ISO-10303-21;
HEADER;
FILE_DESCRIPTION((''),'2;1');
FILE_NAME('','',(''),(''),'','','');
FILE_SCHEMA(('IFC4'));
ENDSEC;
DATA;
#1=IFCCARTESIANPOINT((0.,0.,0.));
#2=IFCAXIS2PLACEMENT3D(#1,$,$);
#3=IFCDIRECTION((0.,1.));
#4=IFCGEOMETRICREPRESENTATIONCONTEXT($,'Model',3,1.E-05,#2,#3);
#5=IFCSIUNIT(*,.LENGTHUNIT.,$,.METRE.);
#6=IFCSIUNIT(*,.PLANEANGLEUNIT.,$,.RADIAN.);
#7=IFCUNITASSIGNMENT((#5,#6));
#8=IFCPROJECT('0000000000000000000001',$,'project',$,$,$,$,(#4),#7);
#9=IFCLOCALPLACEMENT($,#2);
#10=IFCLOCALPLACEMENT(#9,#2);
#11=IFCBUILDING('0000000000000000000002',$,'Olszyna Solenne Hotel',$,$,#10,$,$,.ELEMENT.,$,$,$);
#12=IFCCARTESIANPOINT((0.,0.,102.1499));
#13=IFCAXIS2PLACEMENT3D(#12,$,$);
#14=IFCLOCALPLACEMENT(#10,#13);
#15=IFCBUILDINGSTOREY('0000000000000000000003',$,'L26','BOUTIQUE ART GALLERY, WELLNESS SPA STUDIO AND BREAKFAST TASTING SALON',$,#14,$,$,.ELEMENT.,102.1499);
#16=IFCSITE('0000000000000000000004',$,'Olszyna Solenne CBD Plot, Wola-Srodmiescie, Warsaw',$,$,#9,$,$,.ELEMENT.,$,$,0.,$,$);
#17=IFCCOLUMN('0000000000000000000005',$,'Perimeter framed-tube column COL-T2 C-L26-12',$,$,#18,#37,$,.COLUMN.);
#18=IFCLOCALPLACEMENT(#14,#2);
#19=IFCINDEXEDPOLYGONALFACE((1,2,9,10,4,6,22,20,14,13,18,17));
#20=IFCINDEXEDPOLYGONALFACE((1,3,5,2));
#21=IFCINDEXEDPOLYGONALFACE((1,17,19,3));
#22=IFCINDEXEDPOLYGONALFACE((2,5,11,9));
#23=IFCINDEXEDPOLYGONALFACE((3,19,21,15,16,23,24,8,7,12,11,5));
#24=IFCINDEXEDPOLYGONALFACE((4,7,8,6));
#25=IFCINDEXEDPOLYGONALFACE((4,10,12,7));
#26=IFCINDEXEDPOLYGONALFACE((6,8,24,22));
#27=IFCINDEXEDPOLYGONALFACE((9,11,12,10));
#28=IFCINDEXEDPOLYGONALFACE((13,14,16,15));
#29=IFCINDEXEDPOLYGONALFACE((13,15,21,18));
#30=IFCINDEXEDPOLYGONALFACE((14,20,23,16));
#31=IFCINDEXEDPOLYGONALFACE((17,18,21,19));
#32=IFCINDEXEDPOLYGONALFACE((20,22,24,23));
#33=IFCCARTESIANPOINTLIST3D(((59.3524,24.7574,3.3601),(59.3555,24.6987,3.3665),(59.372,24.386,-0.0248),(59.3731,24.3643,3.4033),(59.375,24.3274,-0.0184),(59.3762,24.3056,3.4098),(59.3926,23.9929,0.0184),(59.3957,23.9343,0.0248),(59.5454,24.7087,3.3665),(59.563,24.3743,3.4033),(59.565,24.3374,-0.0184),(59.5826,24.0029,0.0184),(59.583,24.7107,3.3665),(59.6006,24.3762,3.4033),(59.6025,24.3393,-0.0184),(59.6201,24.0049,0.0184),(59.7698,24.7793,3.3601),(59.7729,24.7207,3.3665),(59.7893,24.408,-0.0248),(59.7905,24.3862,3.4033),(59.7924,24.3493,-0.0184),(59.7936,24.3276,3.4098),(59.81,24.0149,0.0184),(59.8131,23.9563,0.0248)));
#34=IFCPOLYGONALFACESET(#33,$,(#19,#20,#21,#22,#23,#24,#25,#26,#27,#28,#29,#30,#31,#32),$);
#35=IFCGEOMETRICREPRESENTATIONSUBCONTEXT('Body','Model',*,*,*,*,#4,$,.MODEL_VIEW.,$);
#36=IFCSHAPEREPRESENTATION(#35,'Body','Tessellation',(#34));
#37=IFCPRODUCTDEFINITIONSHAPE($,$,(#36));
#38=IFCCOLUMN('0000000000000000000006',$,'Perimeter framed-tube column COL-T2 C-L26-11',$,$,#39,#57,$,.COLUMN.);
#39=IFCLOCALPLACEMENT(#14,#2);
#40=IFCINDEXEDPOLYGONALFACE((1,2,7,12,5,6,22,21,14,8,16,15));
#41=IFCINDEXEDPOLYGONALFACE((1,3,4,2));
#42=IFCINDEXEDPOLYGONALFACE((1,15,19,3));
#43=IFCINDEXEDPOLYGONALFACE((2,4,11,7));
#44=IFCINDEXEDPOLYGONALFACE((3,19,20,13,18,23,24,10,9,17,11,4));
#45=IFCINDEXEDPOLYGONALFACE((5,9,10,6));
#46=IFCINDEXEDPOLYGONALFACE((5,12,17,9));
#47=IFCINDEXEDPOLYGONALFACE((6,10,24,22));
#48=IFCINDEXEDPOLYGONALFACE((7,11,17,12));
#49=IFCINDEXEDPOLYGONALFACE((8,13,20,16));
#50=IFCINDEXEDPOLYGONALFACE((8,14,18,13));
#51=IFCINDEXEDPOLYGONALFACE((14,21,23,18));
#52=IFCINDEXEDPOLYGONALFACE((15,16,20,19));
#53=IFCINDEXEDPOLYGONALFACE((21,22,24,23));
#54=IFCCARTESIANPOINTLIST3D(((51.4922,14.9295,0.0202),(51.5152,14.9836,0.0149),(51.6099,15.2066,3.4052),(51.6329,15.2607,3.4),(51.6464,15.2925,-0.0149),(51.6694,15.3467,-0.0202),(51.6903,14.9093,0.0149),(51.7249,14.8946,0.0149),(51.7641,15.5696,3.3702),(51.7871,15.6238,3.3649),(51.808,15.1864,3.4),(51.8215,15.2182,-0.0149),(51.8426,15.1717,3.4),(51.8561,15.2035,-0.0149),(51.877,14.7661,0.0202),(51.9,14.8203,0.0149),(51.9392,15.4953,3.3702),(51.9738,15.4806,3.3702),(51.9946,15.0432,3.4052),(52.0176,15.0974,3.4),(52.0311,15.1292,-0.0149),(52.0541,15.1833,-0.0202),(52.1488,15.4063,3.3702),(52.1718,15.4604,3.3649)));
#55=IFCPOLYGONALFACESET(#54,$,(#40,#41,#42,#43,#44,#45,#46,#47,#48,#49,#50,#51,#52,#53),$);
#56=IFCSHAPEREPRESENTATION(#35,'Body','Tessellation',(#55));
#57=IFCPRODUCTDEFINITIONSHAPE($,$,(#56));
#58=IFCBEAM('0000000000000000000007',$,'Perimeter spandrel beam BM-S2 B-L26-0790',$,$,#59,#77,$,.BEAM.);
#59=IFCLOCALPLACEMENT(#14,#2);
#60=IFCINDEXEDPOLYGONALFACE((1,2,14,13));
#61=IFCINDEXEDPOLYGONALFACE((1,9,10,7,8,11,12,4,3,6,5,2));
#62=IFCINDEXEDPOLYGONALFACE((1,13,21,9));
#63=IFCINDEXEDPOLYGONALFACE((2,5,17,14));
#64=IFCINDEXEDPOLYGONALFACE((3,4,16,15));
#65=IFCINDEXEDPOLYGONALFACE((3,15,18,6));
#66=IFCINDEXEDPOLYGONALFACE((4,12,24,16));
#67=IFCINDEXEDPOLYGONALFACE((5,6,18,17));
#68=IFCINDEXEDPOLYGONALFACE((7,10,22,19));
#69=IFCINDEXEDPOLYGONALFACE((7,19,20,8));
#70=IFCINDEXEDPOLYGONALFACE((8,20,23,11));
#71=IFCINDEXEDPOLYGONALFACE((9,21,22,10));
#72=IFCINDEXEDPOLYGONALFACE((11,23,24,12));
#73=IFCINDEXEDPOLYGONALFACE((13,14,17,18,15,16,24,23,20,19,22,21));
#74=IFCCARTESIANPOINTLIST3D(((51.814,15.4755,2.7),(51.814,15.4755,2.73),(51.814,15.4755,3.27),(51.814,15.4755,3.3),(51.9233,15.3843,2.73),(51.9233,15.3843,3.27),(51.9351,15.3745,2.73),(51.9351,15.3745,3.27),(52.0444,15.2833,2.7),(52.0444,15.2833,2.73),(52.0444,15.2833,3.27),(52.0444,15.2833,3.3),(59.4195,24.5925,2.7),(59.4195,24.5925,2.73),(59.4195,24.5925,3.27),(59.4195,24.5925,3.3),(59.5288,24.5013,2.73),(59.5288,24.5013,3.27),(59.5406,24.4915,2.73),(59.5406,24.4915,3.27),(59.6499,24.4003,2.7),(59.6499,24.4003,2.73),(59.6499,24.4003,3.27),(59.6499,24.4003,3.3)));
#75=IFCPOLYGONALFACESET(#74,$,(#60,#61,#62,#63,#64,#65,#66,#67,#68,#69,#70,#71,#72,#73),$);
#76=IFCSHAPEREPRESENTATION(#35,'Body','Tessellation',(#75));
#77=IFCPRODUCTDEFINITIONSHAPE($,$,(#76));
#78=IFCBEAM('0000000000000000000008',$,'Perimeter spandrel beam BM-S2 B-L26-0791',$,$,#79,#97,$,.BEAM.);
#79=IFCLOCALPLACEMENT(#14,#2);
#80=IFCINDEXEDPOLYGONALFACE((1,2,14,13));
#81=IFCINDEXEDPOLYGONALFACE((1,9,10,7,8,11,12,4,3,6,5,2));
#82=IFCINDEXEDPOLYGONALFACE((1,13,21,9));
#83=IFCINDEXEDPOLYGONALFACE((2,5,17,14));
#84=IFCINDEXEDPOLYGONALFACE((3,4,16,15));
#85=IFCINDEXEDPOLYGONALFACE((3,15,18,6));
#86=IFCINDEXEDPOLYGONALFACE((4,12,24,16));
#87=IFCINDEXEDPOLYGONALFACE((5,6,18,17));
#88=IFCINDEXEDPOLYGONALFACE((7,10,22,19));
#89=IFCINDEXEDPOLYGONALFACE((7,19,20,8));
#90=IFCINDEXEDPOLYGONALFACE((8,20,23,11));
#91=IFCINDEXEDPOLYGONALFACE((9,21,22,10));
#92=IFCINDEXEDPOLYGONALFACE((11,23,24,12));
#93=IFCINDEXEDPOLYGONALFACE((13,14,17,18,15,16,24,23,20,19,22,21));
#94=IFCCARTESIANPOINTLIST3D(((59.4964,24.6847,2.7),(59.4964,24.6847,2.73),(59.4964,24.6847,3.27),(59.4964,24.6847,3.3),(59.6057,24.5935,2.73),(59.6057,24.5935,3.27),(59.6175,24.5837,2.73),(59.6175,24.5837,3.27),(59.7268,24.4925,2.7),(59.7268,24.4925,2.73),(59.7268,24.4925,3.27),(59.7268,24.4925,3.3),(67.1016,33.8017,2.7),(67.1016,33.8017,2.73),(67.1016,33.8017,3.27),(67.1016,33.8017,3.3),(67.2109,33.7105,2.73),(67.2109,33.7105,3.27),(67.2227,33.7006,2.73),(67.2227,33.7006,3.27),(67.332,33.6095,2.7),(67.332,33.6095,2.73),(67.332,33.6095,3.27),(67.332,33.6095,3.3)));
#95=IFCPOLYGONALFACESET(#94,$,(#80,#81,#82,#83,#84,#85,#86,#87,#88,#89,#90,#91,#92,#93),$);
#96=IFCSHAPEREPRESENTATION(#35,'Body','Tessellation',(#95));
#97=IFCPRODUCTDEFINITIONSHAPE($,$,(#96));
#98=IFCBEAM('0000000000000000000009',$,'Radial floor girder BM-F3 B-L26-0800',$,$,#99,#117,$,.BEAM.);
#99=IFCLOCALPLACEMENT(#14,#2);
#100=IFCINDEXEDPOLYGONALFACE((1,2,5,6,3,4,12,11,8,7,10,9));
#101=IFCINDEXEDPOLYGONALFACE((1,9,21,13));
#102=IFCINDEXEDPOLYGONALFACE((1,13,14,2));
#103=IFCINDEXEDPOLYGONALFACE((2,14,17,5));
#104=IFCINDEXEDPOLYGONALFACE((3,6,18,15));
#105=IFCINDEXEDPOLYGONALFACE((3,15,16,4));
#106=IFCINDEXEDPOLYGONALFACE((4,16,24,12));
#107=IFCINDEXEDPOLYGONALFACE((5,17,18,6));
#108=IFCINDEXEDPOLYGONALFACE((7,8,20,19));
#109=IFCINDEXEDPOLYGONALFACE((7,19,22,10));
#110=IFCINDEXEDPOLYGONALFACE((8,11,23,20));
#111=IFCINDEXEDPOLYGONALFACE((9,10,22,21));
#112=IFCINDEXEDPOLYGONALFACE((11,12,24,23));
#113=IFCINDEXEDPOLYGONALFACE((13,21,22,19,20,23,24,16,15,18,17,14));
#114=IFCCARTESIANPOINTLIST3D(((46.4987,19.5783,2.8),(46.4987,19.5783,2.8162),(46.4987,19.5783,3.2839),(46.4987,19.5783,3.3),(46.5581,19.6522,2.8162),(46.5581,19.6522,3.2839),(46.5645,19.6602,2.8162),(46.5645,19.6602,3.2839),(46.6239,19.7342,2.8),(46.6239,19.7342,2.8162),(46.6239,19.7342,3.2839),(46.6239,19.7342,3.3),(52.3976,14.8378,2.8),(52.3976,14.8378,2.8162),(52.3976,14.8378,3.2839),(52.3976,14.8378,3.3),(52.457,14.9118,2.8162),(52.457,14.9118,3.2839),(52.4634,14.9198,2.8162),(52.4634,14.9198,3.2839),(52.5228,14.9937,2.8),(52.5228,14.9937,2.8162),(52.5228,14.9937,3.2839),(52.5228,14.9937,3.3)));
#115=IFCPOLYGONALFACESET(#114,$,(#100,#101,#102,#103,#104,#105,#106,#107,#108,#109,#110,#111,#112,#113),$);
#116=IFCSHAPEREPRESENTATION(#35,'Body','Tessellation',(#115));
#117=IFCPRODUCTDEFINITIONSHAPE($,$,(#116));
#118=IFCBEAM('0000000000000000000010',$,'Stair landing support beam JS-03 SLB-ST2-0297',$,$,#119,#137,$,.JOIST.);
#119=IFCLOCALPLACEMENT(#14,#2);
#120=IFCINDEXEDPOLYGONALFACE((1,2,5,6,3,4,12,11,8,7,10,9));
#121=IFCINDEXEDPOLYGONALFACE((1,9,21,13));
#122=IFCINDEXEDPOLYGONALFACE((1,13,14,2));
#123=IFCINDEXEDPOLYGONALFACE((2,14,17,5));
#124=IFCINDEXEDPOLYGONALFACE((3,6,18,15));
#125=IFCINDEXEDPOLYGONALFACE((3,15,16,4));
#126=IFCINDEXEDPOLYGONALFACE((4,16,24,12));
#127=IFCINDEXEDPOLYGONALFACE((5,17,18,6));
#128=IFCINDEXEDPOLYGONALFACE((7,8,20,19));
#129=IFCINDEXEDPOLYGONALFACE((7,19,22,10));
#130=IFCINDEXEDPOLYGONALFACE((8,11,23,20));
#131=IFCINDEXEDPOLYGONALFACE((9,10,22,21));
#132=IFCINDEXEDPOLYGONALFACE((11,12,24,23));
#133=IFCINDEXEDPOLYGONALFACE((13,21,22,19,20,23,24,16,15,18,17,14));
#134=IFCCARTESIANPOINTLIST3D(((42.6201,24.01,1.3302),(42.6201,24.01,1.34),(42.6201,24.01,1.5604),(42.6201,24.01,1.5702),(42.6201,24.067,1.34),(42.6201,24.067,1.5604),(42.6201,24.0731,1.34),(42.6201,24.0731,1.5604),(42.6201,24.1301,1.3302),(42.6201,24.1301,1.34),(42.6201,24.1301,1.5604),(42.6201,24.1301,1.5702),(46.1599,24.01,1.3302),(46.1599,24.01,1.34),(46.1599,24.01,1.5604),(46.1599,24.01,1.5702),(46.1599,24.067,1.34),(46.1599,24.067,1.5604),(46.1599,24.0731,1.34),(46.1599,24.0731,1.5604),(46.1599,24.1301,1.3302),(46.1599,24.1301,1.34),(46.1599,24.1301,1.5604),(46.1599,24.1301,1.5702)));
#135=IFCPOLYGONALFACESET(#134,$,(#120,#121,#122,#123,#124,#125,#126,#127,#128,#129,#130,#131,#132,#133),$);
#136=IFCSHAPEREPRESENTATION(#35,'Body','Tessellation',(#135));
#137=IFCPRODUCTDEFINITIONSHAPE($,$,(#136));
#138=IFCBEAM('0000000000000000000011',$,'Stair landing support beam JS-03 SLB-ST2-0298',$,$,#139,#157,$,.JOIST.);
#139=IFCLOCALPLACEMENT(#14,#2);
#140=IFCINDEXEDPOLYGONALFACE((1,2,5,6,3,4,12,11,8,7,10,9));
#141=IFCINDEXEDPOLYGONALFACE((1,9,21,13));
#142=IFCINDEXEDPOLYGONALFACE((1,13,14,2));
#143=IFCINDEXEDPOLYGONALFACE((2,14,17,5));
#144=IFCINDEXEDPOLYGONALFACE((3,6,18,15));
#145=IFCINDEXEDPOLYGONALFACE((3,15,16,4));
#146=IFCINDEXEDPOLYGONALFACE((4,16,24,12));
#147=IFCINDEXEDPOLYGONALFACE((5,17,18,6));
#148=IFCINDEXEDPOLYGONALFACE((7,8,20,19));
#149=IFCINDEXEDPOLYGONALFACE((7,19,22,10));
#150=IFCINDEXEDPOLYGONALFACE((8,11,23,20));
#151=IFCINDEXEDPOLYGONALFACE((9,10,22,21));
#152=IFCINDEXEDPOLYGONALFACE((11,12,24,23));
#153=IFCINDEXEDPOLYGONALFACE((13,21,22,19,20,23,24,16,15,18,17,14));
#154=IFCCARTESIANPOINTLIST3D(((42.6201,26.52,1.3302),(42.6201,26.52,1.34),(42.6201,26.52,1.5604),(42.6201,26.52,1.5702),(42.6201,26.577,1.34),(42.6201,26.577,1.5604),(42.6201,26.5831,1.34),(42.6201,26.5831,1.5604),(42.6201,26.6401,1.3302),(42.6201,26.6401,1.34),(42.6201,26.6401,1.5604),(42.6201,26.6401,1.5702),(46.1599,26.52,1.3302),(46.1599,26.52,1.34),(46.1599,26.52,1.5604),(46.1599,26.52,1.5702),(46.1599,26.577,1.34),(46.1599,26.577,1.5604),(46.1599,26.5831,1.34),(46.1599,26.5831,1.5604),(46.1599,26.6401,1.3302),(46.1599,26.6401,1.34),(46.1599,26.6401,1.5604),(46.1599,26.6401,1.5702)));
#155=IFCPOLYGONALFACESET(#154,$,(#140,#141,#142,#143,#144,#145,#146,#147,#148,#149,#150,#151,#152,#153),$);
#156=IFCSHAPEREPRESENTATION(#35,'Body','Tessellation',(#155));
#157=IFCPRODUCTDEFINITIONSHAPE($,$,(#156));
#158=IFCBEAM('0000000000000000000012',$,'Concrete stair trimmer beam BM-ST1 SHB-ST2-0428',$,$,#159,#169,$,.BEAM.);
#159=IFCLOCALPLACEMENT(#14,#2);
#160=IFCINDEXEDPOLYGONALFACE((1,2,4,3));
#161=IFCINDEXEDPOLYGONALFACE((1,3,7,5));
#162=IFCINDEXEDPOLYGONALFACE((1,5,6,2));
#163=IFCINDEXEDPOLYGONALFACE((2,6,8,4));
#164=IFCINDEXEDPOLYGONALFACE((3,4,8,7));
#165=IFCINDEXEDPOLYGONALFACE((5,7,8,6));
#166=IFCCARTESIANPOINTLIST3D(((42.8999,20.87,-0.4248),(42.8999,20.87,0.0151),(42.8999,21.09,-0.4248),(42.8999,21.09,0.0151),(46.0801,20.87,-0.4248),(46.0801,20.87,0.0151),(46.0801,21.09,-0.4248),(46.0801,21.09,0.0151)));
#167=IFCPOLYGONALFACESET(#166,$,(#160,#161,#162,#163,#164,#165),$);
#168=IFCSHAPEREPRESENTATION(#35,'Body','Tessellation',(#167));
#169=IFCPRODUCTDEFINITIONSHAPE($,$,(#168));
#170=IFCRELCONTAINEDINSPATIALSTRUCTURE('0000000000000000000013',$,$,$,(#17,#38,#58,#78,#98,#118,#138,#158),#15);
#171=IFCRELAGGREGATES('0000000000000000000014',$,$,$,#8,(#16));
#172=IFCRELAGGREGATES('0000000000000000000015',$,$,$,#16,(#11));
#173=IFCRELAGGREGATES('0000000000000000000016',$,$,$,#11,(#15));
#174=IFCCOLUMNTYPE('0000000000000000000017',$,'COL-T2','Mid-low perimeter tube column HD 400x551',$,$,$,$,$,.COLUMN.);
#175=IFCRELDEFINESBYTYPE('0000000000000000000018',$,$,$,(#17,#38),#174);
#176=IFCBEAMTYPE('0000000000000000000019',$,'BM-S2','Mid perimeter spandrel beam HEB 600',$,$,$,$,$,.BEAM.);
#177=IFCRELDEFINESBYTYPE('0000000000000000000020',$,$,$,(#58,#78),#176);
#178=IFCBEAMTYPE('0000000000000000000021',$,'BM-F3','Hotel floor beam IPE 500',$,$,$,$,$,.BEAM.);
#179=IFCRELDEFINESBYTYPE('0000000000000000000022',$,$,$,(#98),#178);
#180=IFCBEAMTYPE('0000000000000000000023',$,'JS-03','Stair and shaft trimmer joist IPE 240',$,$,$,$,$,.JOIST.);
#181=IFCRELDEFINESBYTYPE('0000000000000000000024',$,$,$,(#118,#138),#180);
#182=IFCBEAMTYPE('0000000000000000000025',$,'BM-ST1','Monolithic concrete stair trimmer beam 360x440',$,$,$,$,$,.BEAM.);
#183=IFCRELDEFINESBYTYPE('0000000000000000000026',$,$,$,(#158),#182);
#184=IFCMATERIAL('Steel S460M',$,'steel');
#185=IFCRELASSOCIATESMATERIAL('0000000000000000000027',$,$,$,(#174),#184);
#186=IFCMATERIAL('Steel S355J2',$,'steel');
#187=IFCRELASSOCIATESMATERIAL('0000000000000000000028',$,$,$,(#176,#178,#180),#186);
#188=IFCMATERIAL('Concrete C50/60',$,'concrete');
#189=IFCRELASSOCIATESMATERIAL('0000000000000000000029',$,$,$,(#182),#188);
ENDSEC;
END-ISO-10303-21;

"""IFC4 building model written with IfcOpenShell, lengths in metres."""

from ifc_helpers import new_model, si_unit, direction, frame, origin, origin_2d, place, context, subcontext, project, spatial, rectangle, i_section, extrude, source, transform, mapped, material, material_profile, profile_set, type_object, element, save


model = new_model("IFC4")

# Units and contexts
model_context = context("Model", 3, precision=1e-05, world=origin(), true_north=direction((0.0, 1.0)))
body_context = subcontext(model_context, "Body", "Model", "MODEL_VIEW")
ifc_project = project(units=[si_unit("LENGTHUNIT", "METRE"), si_unit("PLANEANGLEUNIT", "RADIAN")], contexts=[model_context])

# Site, building, storey
site_placement = place(None, origin())
site = spatial("IfcSite", under=ifc_project, at=site_placement, Name="Olszyna Solenne CBD Plot, Wola-Srodmiescie, Warsaw", CompositionType="ELEMENT", RefElevation=0.0)
building_placement = place(site_placement, origin())
building = spatial("IfcBuilding", under=site, at=building_placement, Name="Olszyna Solenne Hotel", CompositionType="ELEMENT")
storey_placement = place(building_placement, frame((0.0, 0.0, 102.1499)))
storey = spatial("IfcBuildingStorey", under=building, at=storey_placement, Name="L26", Description="BOUTIQUE ART GALLERY, WELLNESS SPA STUDIO AND BREAKFAST TASTING SALON", CompositionType="ELEMENT", Elevation=102.1499)

# Columns
ifc_material_1 = material(Name="Steel S460M", Category="steel")
ifc_material_profile_1 = material_profile(ifc_material_1, i_section(OverallWidth=0.418, OverallDepth=0.4551, WebThickness=0.0376, FlangeThickness=0.0591, at=origin_2d()), Name="HD 400x551", Category="load-bearing")
ifc_profile_set_1 = profile_set([ifc_material_profile_1], Name="Steel S460M")
column_type = type_object("IfcColumnType", Name="COL-T2", Description="Mid-low perimeter tube column HD 400x551", PredefinedType="COLUMN", material=ifc_profile_set_1)
shared_shape_1 = source(origin(), body_context, "Body", "SweptSolid", [
    extrude(i_section(OverallWidth=0.418, OverallDepth=0.4551, WebThickness=0.0376, FlangeThickness=0.0591, at=origin_2d()), origin(), (0.0, 0.0, 1.0), 3.4053),
])
column_1_placement = place(storey_placement, frame((59.5925, 24.1711, 0.0), z_axis=(-0.005735, 0.109045, 0.99402), x_axis=(-0.99862, -0.052524, 0.0)))
element("IfcColumn", 1, at=column_1_placement, inside=storey, type_object=column_type, Name="Perimeter framed-tube column COL-T2 C-L26-12", PredefinedType="COLUMN", context=body_context, shape_type="MappedRepresentation", body=[
    mapped(shared_shape_1, transform((0.0, 0.0, 0.0), x_axis=(1.0, 0.0, 0.0), y_axis=(0.0, 1.0, 0.0), z_axis=(0.0, 0.0, 1.0), scale=1.0)),
])
shared_shape_2 = source(origin(), body_context, "Body", "SweptSolid", [
    extrude(i_section(OverallWidth=0.418, OverallDepth=0.4551, WebThickness=0.0376, FlangeThickness=0.0591, at=origin_2d()), origin(), (0.0, 0.0, 1.0), 3.3984),
])
column_2_placement = place(storey_placement, frame((51.7732, 15.0564, 0.0), z_axis=(0.034627, 0.081539, 0.996068), x_axis=(-0.92044, 0.390883, 0.0)))
element("IfcColumn", 2, at=column_2_placement, inside=storey, type_object=column_type, Name="Perimeter framed-tube column COL-T2 C-L26-11", PredefinedType="COLUMN", context=body_context, shape_type="MappedRepresentation", body=[
    mapped(shared_shape_2, transform((0.0, 0.0, 0.0), x_axis=(1.0, 0.0, 0.0), y_axis=(0.0, 1.0, 0.0), z_axis=(0.0, 0.0, 1.0), scale=1.0)),
])

# Beams
ifc_material_2 = material(Name="Steel S355J2", Category="steel")
ifc_material_profile_2 = material_profile(ifc_material_2, i_section(OverallWidth=0.3, OverallDepth=0.6001, WebThickness=0.0154, FlangeThickness=0.03, at=origin_2d()), Name="HEB 600", Category="load-bearing")
ifc_profile_set_2 = profile_set([ifc_material_profile_2], Name="Steel S355J2")
beam_type_1 = type_object("IfcBeamType", Name="BM-S2", Description="Mid perimeter spandrel beam HEB 600", PredefinedType="BEAM", material=ifc_profile_set_2)
shared_shape_3 = source(origin(), body_context, "Body", "SweptSolid", [
    extrude(i_section(OverallWidth=0.3, OverallDepth=0.6001, WebThickness=0.0154, FlangeThickness=0.03, at=origin_2d()), origin(), (0.0, 0.0, 1.0), 11.8728),
])
beam_1_placement = place(storey_placement, frame((51.9292, 15.3794, 3.0), z_axis=(0.640583, 0.767889, 0.0), x_axis=(-0.767889, 0.640583, 0.0)))
element("IfcBeam", 3, at=beam_1_placement, inside=storey, type_object=beam_type_1, Name="Perimeter spandrel beam BM-S2 B-L26-0790", PredefinedType="BEAM", context=body_context, shape_type="MappedRepresentation", body=[
    mapped(shared_shape_3, transform((0.0, 0.0, 0.0), x_axis=(1.0, 0.0, 0.0), y_axis=(0.0, 1.0, 0.0), z_axis=(0.0, 0.0, 1.0), scale=1.0)),
])
shared_shape_4 = source(origin(), body_context, "Body", "SweptSolid", [
    extrude(i_section(OverallWidth=0.3, OverallDepth=0.6001, WebThickness=0.0154, FlangeThickness=0.03, at=origin_2d()), origin(), (0.0, 0.0, 1.0), 11.8726),
])
beam_2_placement = place(storey_placement, frame((59.6116, 24.5886, 3.0), z_axis=(0.640571, 0.767899, 0.0), x_axis=(-0.767899, 0.640571, 0.0)))
element("IfcBeam", 4, at=beam_2_placement, inside=storey, type_object=beam_type_1, Name="Perimeter spandrel beam BM-S2 B-L26-0791", PredefinedType="BEAM", context=body_context, shape_type="MappedRepresentation", body=[
    mapped(shared_shape_4, transform((0.0, 0.0, 0.0), x_axis=(1.0, 0.0, 0.0), y_axis=(0.0, 1.0, 0.0), z_axis=(0.0, 0.0, 1.0), scale=1.0)),
])
ifc_material_profile_3 = material_profile(ifc_material_2, i_section(OverallWidth=0.2, OverallDepth=0.5, WebThickness=0.0103, FlangeThickness=0.0161, at=origin_2d()), Name="IPE 500", Category="load-bearing")
ifc_profile_set_3 = profile_set([ifc_material_profile_3], Name="Steel S355J2")
beam_type_2 = type_object("IfcBeamType", Name="BM-F3", Description="Hotel floor beam IPE 500", PredefinedType="BEAM", material=ifc_profile_set_3)
shared_shape_5 = source(origin(), body_context, "Body", "SweptSolid", [
    extrude(i_section(OverallWidth=0.2, OverallDepth=0.5, WebThickness=0.0103, FlangeThickness=0.0161, at=origin_2d()), origin(), (0.0, 0.0, 1.0), 7.5676),
])
beam_3_placement = place(storey_placement, frame((52.4602, 14.9158, 3.05), z_axis=(-0.779491, 0.626413, 0.0), x_axis=(-0.626413, -0.779491, 0.0)))
element("IfcBeam", 5, at=beam_3_placement, inside=storey, type_object=beam_type_2, Name="Radial floor girder BM-F3 B-L26-0800", PredefinedType="BEAM", context=body_context, shape_type="MappedRepresentation", body=[
    mapped(shared_shape_5, transform((0.0, 0.0, 0.0), x_axis=(1.0, 0.0, 0.0), y_axis=(0.0, 1.0, 0.0), z_axis=(0.0, 0.0, 1.0), scale=1.0)),
])
ifc_material_profile_4 = material_profile(ifc_material_2, i_section(OverallWidth=0.1201, OverallDepth=0.24, WebThickness=0.0061, FlangeThickness=0.0098, at=origin_2d()), Name="IPE 240", Category="load-bearing")
ifc_profile_set_4 = profile_set([ifc_material_profile_4], Name="Steel S355J2")
beam_type_3 = type_object("IfcBeamType", Name="JS-03", Description="Stair and shaft trimmer joist IPE 240", PredefinedType="JOIST", material=ifc_profile_set_4)
shared_shape_6 = source(origin(), body_context, "Body", "SweptSolid", [
    extrude(i_section(OverallWidth=0.1201, OverallDepth=0.24, WebThickness=0.0061, FlangeThickness=0.0098, at=origin_2d()), origin(), (0.0, 0.0, 1.0), 3.5398),
])
for number, where, z_axis, x_axis, name in (
    (6, (46.1599, 24.0701, 1.4502), (-1.0, 0.0, 0.0), (0.0, -1.0, 0.0), "Stair landing support beam JS-03 SLB-ST2-0297"),
    (7, (46.1599, 26.5801, 1.4502), (-1.0, 0.0, 0.0), (0.0, -1.0, 0.0), "Stair landing support beam JS-03 SLB-ST2-0298"),
):
    element("IfcBeam", number, at=place(storey_placement, frame(where, z_axis=z_axis, x_axis=x_axis)), inside=storey, type_object=beam_type_3, Name=name, PredefinedType="JOIST", context=body_context, shape_type="MappedRepresentation", body=[
        mapped(shared_shape_6, transform((0.0, 0.0, 0.0), x_axis=(1.0, 0.0, 0.0), y_axis=(0.0, 1.0, 0.0), z_axis=(0.0, 0.0, 1.0), scale=1.0)),
    ])
ifc_material_3 = material(Name="Concrete C50/60", Category="concrete")
ifc_material_profile_5 = material_profile(ifc_material_3, rectangle(XDim=0.22, YDim=0.4399, at=origin_2d()), Name="RC 220x440", Category="load-bearing")
ifc_profile_set_5 = profile_set([ifc_material_profile_5], Name="Concrete C50/60")
beam_type_4 = type_object("IfcBeamType", Name="BM-ST1", Description="Monolithic concrete stair trimmer beam 360x440", PredefinedType="BEAM", material=ifc_profile_set_5)
shared_shape_7 = source(origin(), body_context, "Body", "SweptSolid", [
    extrude(rectangle(XDim=0.22, YDim=0.4399, at=origin_2d()), origin(), (0.0, 0.0, 1.0), 3.1802),
])
beam_4_placement = place(storey_placement, frame((46.0801, 20.98, -0.2048), z_axis=(-1.0, 0.0, 0.0), x_axis=(0.0, -1.0, 0.0)))
element("IfcBeam", 8, at=beam_4_placement, inside=storey, type_object=beam_type_4, Name="Concrete stair trimmer beam BM-ST1 SHB-ST2-0428", PredefinedType="BEAM", context=body_context, shape_type="MappedRepresentation", body=[
    mapped(shared_shape_7, transform((0.0, 0.0, 0.0), x_axis=(1.0, 0.0, 0.0), y_axis=(0.0, 1.0, 0.0), z_axis=(0.0, 0.0, 1.0), scale=1.0)),
])

save(model, "model.ifc")
